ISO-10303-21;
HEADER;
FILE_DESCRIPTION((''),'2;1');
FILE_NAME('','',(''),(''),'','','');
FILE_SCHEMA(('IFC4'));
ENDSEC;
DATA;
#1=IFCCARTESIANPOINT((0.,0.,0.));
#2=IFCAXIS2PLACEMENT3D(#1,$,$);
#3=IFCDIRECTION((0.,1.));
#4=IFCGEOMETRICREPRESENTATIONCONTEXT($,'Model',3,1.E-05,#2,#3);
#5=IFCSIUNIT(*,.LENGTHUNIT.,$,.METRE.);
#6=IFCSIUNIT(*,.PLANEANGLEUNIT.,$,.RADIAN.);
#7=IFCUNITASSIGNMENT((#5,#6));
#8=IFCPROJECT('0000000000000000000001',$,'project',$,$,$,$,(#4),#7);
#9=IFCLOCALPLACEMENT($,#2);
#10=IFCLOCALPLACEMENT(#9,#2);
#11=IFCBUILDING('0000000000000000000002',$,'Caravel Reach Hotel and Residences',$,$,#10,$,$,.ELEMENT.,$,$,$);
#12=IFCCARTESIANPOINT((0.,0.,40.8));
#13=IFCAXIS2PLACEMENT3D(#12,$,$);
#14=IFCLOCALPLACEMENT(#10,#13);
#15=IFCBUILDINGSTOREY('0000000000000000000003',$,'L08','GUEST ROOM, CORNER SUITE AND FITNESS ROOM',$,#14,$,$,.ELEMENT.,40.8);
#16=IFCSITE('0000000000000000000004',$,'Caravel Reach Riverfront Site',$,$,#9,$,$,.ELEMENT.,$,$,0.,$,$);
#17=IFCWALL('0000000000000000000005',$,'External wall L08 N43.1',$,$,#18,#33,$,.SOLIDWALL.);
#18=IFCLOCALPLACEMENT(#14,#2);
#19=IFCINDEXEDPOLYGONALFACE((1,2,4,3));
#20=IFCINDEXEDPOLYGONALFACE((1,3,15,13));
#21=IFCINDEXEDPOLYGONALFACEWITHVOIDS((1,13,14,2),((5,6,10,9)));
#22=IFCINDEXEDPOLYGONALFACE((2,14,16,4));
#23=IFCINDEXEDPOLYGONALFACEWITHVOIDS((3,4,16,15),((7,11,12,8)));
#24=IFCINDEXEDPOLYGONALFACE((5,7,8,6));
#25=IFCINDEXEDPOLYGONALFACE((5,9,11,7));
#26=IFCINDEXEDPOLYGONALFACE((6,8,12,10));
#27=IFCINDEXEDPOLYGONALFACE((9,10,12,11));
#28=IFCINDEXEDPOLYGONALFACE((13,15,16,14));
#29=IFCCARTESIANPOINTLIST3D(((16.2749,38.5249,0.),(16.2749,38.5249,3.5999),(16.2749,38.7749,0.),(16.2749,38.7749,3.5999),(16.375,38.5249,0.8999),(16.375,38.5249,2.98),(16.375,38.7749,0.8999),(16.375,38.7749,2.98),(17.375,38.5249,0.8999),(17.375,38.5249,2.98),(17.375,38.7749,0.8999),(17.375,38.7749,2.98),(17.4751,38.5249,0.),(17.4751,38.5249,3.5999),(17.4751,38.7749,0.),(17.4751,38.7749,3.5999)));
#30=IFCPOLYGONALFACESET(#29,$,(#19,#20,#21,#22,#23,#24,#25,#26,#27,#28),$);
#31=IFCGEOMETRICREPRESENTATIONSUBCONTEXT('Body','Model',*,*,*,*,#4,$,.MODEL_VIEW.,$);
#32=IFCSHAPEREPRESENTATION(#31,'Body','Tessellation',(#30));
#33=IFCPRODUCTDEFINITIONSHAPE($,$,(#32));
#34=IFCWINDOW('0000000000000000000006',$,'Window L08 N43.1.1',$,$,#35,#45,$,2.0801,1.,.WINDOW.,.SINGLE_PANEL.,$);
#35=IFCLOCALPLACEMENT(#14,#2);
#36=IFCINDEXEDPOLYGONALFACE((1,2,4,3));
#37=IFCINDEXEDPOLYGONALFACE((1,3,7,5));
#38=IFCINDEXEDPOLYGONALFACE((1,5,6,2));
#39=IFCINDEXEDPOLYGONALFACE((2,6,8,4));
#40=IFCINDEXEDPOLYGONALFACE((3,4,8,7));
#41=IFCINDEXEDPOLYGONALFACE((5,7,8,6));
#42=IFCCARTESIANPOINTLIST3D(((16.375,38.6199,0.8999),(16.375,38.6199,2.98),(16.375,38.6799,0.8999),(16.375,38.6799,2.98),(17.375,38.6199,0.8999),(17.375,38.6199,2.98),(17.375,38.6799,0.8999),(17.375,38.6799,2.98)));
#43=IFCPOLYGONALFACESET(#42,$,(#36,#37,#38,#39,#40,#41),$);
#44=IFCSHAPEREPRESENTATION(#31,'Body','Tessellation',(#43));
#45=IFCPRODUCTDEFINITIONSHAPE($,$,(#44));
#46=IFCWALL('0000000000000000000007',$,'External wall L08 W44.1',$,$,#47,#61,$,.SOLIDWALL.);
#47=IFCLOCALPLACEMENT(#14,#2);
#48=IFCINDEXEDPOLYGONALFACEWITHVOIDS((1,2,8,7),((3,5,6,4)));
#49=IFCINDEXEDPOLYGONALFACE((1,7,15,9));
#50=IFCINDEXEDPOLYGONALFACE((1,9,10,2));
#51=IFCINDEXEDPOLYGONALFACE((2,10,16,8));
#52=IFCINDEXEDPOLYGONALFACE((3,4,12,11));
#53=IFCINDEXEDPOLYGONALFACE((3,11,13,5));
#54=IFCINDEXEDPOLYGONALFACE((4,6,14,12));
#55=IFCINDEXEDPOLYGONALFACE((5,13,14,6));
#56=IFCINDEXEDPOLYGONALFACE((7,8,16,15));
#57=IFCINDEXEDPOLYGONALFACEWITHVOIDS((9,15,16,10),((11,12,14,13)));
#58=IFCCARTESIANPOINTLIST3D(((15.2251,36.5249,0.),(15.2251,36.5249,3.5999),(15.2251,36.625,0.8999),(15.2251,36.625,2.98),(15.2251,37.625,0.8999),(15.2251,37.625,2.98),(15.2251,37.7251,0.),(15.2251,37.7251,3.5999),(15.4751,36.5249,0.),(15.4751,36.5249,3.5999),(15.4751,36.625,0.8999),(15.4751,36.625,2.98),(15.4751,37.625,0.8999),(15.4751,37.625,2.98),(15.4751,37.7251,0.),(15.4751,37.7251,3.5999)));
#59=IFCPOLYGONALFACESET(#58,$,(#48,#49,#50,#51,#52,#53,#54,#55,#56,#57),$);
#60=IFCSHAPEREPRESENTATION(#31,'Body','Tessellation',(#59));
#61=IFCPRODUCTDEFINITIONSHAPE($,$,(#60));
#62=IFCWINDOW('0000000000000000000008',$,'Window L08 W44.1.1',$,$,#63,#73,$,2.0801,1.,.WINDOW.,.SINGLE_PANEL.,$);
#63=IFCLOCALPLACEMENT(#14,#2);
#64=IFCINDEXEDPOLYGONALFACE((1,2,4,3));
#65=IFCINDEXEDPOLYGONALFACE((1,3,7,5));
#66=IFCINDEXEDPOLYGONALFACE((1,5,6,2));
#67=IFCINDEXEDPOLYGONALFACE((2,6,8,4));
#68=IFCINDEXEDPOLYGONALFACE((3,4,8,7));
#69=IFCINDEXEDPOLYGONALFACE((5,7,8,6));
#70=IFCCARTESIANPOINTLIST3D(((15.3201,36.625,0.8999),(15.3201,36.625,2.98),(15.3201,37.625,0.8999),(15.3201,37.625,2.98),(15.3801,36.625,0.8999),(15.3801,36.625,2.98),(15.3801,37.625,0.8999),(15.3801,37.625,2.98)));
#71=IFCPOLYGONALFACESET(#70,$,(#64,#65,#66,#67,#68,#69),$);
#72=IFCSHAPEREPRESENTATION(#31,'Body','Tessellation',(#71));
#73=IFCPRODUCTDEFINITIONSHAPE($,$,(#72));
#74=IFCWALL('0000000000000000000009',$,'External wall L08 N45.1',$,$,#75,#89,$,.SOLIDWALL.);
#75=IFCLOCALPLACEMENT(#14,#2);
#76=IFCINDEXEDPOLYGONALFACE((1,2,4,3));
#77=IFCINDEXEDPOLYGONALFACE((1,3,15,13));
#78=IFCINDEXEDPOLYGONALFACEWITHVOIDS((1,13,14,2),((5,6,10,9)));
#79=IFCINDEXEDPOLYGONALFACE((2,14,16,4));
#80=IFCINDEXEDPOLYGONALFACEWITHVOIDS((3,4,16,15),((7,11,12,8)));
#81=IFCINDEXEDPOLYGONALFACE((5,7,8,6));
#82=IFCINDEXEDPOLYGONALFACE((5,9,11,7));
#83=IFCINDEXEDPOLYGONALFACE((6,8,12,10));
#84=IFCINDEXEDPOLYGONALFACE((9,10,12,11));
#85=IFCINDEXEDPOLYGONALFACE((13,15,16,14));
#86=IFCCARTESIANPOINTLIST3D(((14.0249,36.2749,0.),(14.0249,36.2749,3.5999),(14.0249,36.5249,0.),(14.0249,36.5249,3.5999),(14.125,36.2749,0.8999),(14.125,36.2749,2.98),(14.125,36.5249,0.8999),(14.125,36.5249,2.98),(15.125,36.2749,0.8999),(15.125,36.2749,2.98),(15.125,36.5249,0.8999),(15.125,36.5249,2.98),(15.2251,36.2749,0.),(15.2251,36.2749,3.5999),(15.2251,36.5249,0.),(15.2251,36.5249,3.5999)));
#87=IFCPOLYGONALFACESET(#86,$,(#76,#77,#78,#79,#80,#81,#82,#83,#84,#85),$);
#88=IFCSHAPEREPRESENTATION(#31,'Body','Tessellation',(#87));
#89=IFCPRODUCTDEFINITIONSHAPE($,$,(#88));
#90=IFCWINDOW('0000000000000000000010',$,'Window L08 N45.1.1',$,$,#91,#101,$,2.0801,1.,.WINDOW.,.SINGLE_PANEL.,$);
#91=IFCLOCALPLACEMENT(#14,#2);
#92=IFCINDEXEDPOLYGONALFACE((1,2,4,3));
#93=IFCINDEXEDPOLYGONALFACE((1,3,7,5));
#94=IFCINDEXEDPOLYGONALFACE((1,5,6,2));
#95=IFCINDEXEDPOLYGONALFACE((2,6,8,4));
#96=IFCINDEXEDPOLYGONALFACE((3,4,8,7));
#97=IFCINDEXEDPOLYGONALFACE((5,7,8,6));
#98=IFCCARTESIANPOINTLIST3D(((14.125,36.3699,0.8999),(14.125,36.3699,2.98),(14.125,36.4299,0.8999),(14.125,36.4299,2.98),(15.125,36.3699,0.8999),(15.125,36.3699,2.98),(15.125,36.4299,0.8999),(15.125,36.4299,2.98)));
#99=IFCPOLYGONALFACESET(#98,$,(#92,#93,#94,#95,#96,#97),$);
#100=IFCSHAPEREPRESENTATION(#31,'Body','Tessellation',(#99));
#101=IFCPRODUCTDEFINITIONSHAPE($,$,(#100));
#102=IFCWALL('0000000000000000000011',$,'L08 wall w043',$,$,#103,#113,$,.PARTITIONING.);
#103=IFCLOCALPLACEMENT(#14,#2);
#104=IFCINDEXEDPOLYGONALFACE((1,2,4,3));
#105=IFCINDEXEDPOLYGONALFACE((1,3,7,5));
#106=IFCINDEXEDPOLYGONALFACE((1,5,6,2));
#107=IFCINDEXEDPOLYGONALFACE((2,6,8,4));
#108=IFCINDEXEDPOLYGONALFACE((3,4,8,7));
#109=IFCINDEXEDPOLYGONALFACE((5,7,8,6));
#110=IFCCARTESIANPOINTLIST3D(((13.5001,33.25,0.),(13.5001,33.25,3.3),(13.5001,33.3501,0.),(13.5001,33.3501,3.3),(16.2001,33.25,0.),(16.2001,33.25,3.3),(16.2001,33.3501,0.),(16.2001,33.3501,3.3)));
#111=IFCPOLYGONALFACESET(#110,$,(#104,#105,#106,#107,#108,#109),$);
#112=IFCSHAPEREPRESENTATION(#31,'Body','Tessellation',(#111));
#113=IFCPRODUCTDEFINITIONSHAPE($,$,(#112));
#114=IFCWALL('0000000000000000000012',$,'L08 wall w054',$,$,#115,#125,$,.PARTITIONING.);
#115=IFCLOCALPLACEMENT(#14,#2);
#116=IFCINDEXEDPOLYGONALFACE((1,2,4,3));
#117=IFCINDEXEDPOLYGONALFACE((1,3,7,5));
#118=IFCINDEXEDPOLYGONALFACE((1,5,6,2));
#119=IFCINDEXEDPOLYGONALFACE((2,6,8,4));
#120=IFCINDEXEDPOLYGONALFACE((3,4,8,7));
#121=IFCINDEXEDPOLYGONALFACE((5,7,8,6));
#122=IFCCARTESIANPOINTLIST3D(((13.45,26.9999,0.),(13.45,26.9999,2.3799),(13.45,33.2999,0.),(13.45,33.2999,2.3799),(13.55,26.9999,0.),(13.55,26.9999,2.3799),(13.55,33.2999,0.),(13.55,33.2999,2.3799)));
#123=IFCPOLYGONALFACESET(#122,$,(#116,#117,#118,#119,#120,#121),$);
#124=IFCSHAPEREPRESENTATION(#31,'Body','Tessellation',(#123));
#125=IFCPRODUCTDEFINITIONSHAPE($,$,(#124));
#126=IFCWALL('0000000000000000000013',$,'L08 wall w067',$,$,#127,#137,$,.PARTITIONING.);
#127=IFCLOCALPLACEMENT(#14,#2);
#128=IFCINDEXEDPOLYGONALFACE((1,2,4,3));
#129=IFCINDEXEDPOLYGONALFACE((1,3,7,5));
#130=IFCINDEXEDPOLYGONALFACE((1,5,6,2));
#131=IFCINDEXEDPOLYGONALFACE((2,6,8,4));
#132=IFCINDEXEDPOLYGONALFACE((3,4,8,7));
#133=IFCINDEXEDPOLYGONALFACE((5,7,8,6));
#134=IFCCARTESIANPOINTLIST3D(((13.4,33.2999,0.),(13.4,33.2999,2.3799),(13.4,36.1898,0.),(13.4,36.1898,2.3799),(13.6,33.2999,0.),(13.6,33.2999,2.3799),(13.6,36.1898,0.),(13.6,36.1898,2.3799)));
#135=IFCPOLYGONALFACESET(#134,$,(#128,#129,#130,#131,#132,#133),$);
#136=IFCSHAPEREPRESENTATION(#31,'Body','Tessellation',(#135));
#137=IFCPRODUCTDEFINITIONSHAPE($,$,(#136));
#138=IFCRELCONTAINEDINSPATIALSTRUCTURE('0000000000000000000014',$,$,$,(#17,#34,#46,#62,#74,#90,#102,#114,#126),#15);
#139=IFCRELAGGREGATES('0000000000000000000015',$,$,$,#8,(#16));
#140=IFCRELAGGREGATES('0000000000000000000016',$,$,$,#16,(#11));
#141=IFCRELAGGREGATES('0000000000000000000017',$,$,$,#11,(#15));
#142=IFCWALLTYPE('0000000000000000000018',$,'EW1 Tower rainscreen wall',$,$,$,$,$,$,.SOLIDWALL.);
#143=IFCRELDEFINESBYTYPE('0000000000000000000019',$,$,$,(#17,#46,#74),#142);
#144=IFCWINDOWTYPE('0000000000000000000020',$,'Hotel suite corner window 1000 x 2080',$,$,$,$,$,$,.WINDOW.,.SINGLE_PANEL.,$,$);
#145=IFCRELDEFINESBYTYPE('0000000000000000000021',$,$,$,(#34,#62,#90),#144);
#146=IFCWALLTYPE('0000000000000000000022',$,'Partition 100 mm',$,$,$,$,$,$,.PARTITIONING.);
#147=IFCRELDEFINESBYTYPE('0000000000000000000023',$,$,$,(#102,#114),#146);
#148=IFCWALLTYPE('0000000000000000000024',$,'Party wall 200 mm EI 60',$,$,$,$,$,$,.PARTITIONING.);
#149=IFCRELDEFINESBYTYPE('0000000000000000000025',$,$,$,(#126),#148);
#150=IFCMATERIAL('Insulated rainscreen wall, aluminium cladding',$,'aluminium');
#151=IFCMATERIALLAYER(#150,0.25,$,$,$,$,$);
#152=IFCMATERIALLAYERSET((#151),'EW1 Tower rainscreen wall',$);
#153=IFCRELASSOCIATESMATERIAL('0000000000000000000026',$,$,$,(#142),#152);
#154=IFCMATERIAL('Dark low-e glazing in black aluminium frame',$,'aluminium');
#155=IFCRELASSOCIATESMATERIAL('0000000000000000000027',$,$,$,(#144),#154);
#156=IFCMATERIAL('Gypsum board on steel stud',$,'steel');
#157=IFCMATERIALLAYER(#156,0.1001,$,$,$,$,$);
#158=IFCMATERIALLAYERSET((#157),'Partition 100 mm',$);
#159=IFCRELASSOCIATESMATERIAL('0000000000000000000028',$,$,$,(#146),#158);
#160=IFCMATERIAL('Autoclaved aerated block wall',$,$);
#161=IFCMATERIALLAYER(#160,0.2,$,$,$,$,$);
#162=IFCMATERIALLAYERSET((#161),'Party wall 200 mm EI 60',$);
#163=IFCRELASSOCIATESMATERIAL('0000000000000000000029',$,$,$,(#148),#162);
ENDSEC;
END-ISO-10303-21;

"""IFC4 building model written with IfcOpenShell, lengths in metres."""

from ifc_helpers import new_model, si_unit, direction, frame, frame_2d, origin, place, context, subcontext, project, spatial, rectangle, extrude, material, layer, layer_set, type_object, element, fill, save


model = new_model("IFC4")

# Units and contexts
model_context = context("Model", 3, precision=1e-05, world=origin(), true_north=direction((0.0, 1.0)))
body_context = subcontext(model_context, "Body", "Model", "MODEL_VIEW")
ifc_project = project(units=[si_unit("LENGTHUNIT", "METRE"), si_unit("PLANEANGLEUNIT", "RADIAN")], contexts=[model_context])

# Site, building, storey
site_placement = place(None, origin())
site = spatial("IfcSite", under=ifc_project, at=site_placement, Name="Caravel Reach Riverfront Site", CompositionType="ELEMENT", RefElevation=0.0)
building_placement = place(site_placement, origin())
building = spatial("IfcBuilding", under=site, at=building_placement, Name="Caravel Reach Hotel and Residences", CompositionType="ELEMENT")
storey_placement = place(building_placement, frame((0.0, 0.0, 40.8)))
storey = spatial("IfcBuildingStorey", under=building, at=storey_placement, Name="L08", Description="GUEST ROOM, CORNER SUITE AND FITNESS ROOM", CompositionType="ELEMENT", Elevation=40.8)

# Walls, openings, windows
ifc_material_1 = material(Name="Insulated rainscreen wall, aluminium cladding", Category="aluminium")
ifc_layer_1 = layer(ifc_material_1, 0.25)
ifc_layer_set_1 = layer_set([ifc_layer_1], Name="EW1 Tower rainscreen wall")
wall_type_1 = type_object("IfcWallType", Name="EW1 Tower rainscreen wall", PredefinedType="SOLIDWALL", material=ifc_layer_set_1)
ifc_material_2 = material(Name="Dark low-e glazing in black aluminium frame", Category="aluminium")
window_type = type_object("IfcWindowType", Name="Hotel suite corner window 1000 x 2080", PartitioningType="SINGLE_PANEL", PredefinedType="WINDOW", material=ifc_material_2)
wall_1_placement = place(storey_placement, frame((17.4751, 38.6499, 0.0), z_axis=(0.0, 0.0, 1.0), x_axis=(-1.0, 0.0, 0.0)))
wall_1 = element("IfcWall", 1, at=wall_1_placement, inside=storey, type_object=wall_type_1, Name="External wall L08 N43.1", PredefinedType="SOLIDWALL", context=body_context, shape_type="SweptSolid", body=[
    extrude(rectangle(XDim=1.2002, YDim=0.25, at=frame_2d((0.6001, 0.0))), origin(), (0.0, 0.0, 1.0), 3.5999),
])
opening_1_placement = place(wall_1_placement, frame((0.1001, 0.0, 0.8999)))
opening_1 = element("IfcOpeningElement", 2, at=opening_1_placement, cuts=wall_1, PredefinedType="OPENING", context=body_context, shape_type="SweptSolid", body=[
    extrude(rectangle(XDim=1.0, YDim=2.0801, at=frame_2d((0.5, 1.04))), frame((0.0, 0.135, 0.0), z_axis=(0.0, -1.0, 0.0), x_axis=(1.0, 0.0, 0.0)), (0.0, 0.0, 1.0), 0.27),
])
window_1_placement = place(opening_1_placement, origin())
window_1 = element("IfcWindow", 3, at=window_1_placement, inside=storey, type_object=window_type, Name="Window L08 N43.1.1", OverallHeight=2.0801, OverallWidth=1.0, PartitioningType="SINGLE_PANEL", PredefinedType="WINDOW", context=body_context, shape_type="SweptSolid", body=[
    extrude(rectangle(XDim=1.0, YDim=2.0801, at=frame_2d((0.5, 1.04))), frame((0.0, 0.03, 0.0), z_axis=(0.0, -1.0, 0.0), x_axis=(1.0, 0.0, 0.0)), (0.0, 0.0, 1.0), 0.0601),
])
fill(opening_1, window_1)
wall_2_placement = place(storey_placement, frame((15.3501, 37.7251, 0.0), z_axis=(0.0, 0.0, 1.0), x_axis=(0.0, -1.0, 0.0)))
wall_2 = element("IfcWall", 4, at=wall_2_placement, inside=storey, type_object=wall_type_1, Name="External wall L08 W44.1", PredefinedType="SOLIDWALL", context=body_context, shape_type="SweptSolid", body=[
    extrude(rectangle(XDim=1.2002, YDim=0.25, at=frame_2d((0.6001, 0.0))), origin(), (0.0, 0.0, 1.0), 3.5999),
])
opening_2_placement = place(wall_2_placement, frame((0.1001, 0.0, 0.8999)))
opening_2 = element("IfcOpeningElement", 5, at=opening_2_placement, cuts=wall_2, PredefinedType="OPENING", context=body_context, shape_type="SweptSolid", body=[
    extrude(rectangle(XDim=1.0, YDim=2.0801, at=frame_2d((0.5, 1.04))), frame((0.0, 0.135, 0.0), z_axis=(0.0, -1.0, 0.0), x_axis=(1.0, 0.0, 0.0)), (0.0, 0.0, 1.0), 0.27),
])
window_2_placement = place(opening_2_placement, origin())
window_2 = element("IfcWindow", 6, at=window_2_placement, inside=storey, type_object=window_type, Name="Window L08 W44.1.1", OverallHeight=2.0801, OverallWidth=1.0, PartitioningType="SINGLE_PANEL", PredefinedType="WINDOW", context=body_context, shape_type="SweptSolid", body=[
    extrude(rectangle(XDim=1.0, YDim=2.0801, at=frame_2d((0.5, 1.04))), frame((0.0, 0.03, 0.0), z_axis=(0.0, -1.0, 0.0), x_axis=(1.0, 0.0, 0.0)), (0.0, 0.0, 1.0), 0.0601),
])
fill(opening_2, window_2)
wall_3_placement = place(storey_placement, frame((15.2251, 36.3999, 0.0), z_axis=(0.0, 0.0, 1.0), x_axis=(-1.0, 0.0, 0.0)))
wall_3 = element("IfcWall", 7, at=wall_3_placement, inside=storey, type_object=wall_type_1, Name="External wall L08 N45.1", PredefinedType="SOLIDWALL", context=body_context, shape_type="SweptSolid", body=[
    extrude(rectangle(XDim=1.2002, YDim=0.25, at=frame_2d((0.6001, 0.0))), origin(), (0.0, 0.0, 1.0), 3.5999),
])
opening_3_placement = place(wall_3_placement, frame((0.1001, 0.0, 0.8999)))
opening_3 = element("IfcOpeningElement", 8, at=opening_3_placement, cuts=wall_3, PredefinedType="OPENING", context=body_context, shape_type="SweptSolid", body=[
    extrude(rectangle(XDim=1.0, YDim=2.0801, at=frame_2d((0.5, 1.04))), frame((0.0, 0.135, 0.0), z_axis=(0.0, -1.0, 0.0), x_axis=(1.0, 0.0, 0.0)), (0.0, 0.0, 1.0), 0.27),
])
window_3_placement = place(opening_3_placement, origin())
window_3 = element("IfcWindow", 9, at=window_3_placement, inside=storey, type_object=window_type, Name="Window L08 N45.1.1", OverallHeight=2.0801, OverallWidth=1.0, PartitioningType="SINGLE_PANEL", PredefinedType="WINDOW", context=body_context, shape_type="SweptSolid", body=[
    extrude(rectangle(XDim=1.0, YDim=2.0801, at=frame_2d((0.5, 1.04))), frame((0.0, 0.03, 0.0), z_axis=(0.0, -1.0, 0.0), x_axis=(1.0, 0.0, 0.0)), (0.0, 0.0, 1.0), 0.0601),
])
fill(opening_3, window_3)

# Walls
ifc_material_3 = material(Name="Gypsum board on steel stud", Category="steel")
ifc_layer_2 = layer(ifc_material_3, 0.1001)
ifc_layer_set_2 = layer_set([ifc_layer_2], Name="Partition 100 mm")
wall_type_2 = type_object("IfcWallType", Name="Partition 100 mm", PredefinedType="PARTITIONING", material=ifc_layer_set_2)
wall_4_placement = place(storey_placement, frame((13.5, 33.3, 0.0), z_axis=(0.0, 0.0, 1.0), x_axis=(1.0, 0.0, 0.0)))
element("IfcWall", 10, at=wall_4_placement, inside=storey, type_object=wall_type_2, Name="L08 wall w043", PredefinedType="PARTITIONING", context=body_context, shape_type="SweptSolid", body=[
    extrude(rectangle(XDim=2.7, YDim=0.1001, at=frame_2d((1.3501, 0.0))), origin(), (0.0, 0.0, 1.0), 3.3),
])
wall_5_placement = place(storey_placement, frame((13.5, 27.0, 0.0), z_axis=(0.0, 0.0, 1.0), x_axis=(0.0, 1.0, 0.0)))
element("IfcWall", 11, at=wall_5_placement, inside=storey, type_object=wall_type_2, Name="L08 wall w054", PredefinedType="PARTITIONING", context=body_context, shape_type="SweptSolid", body=[
    extrude(rectangle(XDim=6.3, YDim=0.1001, at=frame_2d((3.1499, 0.0))), origin(), (0.0, 0.0, 1.0), 2.3799),
])
ifc_material_4 = material(Name="Autoclaved aerated block wall")
ifc_layer_3 = layer(ifc_material_4, 0.2)
ifc_layer_set_3 = layer_set([ifc_layer_3], Name="Party wall 200 mm EI 60")
wall_type_3 = type_object("IfcWallType", Name="Party wall 200 mm EI 60", PredefinedType="PARTITIONING", material=ifc_layer_set_3)
wall_6_placement = place(storey_placement, frame((13.5, 33.3, 0.0), z_axis=(0.0, 0.0, 1.0), x_axis=(0.0, 1.0, 0.0)))
element("IfcWall", 12, at=wall_6_placement, inside=storey, type_object=wall_type_3, Name="L08 wall w067", PredefinedType="PARTITIONING", context=body_context, shape_type="SweptSolid", body=[
    extrude(rectangle(XDim=2.8899, YDim=0.2, at=frame_2d((1.4448, 0.0))), origin(), (0.0, 0.0, 1.0), 2.3799),
])

save(model, "model.ifc")
